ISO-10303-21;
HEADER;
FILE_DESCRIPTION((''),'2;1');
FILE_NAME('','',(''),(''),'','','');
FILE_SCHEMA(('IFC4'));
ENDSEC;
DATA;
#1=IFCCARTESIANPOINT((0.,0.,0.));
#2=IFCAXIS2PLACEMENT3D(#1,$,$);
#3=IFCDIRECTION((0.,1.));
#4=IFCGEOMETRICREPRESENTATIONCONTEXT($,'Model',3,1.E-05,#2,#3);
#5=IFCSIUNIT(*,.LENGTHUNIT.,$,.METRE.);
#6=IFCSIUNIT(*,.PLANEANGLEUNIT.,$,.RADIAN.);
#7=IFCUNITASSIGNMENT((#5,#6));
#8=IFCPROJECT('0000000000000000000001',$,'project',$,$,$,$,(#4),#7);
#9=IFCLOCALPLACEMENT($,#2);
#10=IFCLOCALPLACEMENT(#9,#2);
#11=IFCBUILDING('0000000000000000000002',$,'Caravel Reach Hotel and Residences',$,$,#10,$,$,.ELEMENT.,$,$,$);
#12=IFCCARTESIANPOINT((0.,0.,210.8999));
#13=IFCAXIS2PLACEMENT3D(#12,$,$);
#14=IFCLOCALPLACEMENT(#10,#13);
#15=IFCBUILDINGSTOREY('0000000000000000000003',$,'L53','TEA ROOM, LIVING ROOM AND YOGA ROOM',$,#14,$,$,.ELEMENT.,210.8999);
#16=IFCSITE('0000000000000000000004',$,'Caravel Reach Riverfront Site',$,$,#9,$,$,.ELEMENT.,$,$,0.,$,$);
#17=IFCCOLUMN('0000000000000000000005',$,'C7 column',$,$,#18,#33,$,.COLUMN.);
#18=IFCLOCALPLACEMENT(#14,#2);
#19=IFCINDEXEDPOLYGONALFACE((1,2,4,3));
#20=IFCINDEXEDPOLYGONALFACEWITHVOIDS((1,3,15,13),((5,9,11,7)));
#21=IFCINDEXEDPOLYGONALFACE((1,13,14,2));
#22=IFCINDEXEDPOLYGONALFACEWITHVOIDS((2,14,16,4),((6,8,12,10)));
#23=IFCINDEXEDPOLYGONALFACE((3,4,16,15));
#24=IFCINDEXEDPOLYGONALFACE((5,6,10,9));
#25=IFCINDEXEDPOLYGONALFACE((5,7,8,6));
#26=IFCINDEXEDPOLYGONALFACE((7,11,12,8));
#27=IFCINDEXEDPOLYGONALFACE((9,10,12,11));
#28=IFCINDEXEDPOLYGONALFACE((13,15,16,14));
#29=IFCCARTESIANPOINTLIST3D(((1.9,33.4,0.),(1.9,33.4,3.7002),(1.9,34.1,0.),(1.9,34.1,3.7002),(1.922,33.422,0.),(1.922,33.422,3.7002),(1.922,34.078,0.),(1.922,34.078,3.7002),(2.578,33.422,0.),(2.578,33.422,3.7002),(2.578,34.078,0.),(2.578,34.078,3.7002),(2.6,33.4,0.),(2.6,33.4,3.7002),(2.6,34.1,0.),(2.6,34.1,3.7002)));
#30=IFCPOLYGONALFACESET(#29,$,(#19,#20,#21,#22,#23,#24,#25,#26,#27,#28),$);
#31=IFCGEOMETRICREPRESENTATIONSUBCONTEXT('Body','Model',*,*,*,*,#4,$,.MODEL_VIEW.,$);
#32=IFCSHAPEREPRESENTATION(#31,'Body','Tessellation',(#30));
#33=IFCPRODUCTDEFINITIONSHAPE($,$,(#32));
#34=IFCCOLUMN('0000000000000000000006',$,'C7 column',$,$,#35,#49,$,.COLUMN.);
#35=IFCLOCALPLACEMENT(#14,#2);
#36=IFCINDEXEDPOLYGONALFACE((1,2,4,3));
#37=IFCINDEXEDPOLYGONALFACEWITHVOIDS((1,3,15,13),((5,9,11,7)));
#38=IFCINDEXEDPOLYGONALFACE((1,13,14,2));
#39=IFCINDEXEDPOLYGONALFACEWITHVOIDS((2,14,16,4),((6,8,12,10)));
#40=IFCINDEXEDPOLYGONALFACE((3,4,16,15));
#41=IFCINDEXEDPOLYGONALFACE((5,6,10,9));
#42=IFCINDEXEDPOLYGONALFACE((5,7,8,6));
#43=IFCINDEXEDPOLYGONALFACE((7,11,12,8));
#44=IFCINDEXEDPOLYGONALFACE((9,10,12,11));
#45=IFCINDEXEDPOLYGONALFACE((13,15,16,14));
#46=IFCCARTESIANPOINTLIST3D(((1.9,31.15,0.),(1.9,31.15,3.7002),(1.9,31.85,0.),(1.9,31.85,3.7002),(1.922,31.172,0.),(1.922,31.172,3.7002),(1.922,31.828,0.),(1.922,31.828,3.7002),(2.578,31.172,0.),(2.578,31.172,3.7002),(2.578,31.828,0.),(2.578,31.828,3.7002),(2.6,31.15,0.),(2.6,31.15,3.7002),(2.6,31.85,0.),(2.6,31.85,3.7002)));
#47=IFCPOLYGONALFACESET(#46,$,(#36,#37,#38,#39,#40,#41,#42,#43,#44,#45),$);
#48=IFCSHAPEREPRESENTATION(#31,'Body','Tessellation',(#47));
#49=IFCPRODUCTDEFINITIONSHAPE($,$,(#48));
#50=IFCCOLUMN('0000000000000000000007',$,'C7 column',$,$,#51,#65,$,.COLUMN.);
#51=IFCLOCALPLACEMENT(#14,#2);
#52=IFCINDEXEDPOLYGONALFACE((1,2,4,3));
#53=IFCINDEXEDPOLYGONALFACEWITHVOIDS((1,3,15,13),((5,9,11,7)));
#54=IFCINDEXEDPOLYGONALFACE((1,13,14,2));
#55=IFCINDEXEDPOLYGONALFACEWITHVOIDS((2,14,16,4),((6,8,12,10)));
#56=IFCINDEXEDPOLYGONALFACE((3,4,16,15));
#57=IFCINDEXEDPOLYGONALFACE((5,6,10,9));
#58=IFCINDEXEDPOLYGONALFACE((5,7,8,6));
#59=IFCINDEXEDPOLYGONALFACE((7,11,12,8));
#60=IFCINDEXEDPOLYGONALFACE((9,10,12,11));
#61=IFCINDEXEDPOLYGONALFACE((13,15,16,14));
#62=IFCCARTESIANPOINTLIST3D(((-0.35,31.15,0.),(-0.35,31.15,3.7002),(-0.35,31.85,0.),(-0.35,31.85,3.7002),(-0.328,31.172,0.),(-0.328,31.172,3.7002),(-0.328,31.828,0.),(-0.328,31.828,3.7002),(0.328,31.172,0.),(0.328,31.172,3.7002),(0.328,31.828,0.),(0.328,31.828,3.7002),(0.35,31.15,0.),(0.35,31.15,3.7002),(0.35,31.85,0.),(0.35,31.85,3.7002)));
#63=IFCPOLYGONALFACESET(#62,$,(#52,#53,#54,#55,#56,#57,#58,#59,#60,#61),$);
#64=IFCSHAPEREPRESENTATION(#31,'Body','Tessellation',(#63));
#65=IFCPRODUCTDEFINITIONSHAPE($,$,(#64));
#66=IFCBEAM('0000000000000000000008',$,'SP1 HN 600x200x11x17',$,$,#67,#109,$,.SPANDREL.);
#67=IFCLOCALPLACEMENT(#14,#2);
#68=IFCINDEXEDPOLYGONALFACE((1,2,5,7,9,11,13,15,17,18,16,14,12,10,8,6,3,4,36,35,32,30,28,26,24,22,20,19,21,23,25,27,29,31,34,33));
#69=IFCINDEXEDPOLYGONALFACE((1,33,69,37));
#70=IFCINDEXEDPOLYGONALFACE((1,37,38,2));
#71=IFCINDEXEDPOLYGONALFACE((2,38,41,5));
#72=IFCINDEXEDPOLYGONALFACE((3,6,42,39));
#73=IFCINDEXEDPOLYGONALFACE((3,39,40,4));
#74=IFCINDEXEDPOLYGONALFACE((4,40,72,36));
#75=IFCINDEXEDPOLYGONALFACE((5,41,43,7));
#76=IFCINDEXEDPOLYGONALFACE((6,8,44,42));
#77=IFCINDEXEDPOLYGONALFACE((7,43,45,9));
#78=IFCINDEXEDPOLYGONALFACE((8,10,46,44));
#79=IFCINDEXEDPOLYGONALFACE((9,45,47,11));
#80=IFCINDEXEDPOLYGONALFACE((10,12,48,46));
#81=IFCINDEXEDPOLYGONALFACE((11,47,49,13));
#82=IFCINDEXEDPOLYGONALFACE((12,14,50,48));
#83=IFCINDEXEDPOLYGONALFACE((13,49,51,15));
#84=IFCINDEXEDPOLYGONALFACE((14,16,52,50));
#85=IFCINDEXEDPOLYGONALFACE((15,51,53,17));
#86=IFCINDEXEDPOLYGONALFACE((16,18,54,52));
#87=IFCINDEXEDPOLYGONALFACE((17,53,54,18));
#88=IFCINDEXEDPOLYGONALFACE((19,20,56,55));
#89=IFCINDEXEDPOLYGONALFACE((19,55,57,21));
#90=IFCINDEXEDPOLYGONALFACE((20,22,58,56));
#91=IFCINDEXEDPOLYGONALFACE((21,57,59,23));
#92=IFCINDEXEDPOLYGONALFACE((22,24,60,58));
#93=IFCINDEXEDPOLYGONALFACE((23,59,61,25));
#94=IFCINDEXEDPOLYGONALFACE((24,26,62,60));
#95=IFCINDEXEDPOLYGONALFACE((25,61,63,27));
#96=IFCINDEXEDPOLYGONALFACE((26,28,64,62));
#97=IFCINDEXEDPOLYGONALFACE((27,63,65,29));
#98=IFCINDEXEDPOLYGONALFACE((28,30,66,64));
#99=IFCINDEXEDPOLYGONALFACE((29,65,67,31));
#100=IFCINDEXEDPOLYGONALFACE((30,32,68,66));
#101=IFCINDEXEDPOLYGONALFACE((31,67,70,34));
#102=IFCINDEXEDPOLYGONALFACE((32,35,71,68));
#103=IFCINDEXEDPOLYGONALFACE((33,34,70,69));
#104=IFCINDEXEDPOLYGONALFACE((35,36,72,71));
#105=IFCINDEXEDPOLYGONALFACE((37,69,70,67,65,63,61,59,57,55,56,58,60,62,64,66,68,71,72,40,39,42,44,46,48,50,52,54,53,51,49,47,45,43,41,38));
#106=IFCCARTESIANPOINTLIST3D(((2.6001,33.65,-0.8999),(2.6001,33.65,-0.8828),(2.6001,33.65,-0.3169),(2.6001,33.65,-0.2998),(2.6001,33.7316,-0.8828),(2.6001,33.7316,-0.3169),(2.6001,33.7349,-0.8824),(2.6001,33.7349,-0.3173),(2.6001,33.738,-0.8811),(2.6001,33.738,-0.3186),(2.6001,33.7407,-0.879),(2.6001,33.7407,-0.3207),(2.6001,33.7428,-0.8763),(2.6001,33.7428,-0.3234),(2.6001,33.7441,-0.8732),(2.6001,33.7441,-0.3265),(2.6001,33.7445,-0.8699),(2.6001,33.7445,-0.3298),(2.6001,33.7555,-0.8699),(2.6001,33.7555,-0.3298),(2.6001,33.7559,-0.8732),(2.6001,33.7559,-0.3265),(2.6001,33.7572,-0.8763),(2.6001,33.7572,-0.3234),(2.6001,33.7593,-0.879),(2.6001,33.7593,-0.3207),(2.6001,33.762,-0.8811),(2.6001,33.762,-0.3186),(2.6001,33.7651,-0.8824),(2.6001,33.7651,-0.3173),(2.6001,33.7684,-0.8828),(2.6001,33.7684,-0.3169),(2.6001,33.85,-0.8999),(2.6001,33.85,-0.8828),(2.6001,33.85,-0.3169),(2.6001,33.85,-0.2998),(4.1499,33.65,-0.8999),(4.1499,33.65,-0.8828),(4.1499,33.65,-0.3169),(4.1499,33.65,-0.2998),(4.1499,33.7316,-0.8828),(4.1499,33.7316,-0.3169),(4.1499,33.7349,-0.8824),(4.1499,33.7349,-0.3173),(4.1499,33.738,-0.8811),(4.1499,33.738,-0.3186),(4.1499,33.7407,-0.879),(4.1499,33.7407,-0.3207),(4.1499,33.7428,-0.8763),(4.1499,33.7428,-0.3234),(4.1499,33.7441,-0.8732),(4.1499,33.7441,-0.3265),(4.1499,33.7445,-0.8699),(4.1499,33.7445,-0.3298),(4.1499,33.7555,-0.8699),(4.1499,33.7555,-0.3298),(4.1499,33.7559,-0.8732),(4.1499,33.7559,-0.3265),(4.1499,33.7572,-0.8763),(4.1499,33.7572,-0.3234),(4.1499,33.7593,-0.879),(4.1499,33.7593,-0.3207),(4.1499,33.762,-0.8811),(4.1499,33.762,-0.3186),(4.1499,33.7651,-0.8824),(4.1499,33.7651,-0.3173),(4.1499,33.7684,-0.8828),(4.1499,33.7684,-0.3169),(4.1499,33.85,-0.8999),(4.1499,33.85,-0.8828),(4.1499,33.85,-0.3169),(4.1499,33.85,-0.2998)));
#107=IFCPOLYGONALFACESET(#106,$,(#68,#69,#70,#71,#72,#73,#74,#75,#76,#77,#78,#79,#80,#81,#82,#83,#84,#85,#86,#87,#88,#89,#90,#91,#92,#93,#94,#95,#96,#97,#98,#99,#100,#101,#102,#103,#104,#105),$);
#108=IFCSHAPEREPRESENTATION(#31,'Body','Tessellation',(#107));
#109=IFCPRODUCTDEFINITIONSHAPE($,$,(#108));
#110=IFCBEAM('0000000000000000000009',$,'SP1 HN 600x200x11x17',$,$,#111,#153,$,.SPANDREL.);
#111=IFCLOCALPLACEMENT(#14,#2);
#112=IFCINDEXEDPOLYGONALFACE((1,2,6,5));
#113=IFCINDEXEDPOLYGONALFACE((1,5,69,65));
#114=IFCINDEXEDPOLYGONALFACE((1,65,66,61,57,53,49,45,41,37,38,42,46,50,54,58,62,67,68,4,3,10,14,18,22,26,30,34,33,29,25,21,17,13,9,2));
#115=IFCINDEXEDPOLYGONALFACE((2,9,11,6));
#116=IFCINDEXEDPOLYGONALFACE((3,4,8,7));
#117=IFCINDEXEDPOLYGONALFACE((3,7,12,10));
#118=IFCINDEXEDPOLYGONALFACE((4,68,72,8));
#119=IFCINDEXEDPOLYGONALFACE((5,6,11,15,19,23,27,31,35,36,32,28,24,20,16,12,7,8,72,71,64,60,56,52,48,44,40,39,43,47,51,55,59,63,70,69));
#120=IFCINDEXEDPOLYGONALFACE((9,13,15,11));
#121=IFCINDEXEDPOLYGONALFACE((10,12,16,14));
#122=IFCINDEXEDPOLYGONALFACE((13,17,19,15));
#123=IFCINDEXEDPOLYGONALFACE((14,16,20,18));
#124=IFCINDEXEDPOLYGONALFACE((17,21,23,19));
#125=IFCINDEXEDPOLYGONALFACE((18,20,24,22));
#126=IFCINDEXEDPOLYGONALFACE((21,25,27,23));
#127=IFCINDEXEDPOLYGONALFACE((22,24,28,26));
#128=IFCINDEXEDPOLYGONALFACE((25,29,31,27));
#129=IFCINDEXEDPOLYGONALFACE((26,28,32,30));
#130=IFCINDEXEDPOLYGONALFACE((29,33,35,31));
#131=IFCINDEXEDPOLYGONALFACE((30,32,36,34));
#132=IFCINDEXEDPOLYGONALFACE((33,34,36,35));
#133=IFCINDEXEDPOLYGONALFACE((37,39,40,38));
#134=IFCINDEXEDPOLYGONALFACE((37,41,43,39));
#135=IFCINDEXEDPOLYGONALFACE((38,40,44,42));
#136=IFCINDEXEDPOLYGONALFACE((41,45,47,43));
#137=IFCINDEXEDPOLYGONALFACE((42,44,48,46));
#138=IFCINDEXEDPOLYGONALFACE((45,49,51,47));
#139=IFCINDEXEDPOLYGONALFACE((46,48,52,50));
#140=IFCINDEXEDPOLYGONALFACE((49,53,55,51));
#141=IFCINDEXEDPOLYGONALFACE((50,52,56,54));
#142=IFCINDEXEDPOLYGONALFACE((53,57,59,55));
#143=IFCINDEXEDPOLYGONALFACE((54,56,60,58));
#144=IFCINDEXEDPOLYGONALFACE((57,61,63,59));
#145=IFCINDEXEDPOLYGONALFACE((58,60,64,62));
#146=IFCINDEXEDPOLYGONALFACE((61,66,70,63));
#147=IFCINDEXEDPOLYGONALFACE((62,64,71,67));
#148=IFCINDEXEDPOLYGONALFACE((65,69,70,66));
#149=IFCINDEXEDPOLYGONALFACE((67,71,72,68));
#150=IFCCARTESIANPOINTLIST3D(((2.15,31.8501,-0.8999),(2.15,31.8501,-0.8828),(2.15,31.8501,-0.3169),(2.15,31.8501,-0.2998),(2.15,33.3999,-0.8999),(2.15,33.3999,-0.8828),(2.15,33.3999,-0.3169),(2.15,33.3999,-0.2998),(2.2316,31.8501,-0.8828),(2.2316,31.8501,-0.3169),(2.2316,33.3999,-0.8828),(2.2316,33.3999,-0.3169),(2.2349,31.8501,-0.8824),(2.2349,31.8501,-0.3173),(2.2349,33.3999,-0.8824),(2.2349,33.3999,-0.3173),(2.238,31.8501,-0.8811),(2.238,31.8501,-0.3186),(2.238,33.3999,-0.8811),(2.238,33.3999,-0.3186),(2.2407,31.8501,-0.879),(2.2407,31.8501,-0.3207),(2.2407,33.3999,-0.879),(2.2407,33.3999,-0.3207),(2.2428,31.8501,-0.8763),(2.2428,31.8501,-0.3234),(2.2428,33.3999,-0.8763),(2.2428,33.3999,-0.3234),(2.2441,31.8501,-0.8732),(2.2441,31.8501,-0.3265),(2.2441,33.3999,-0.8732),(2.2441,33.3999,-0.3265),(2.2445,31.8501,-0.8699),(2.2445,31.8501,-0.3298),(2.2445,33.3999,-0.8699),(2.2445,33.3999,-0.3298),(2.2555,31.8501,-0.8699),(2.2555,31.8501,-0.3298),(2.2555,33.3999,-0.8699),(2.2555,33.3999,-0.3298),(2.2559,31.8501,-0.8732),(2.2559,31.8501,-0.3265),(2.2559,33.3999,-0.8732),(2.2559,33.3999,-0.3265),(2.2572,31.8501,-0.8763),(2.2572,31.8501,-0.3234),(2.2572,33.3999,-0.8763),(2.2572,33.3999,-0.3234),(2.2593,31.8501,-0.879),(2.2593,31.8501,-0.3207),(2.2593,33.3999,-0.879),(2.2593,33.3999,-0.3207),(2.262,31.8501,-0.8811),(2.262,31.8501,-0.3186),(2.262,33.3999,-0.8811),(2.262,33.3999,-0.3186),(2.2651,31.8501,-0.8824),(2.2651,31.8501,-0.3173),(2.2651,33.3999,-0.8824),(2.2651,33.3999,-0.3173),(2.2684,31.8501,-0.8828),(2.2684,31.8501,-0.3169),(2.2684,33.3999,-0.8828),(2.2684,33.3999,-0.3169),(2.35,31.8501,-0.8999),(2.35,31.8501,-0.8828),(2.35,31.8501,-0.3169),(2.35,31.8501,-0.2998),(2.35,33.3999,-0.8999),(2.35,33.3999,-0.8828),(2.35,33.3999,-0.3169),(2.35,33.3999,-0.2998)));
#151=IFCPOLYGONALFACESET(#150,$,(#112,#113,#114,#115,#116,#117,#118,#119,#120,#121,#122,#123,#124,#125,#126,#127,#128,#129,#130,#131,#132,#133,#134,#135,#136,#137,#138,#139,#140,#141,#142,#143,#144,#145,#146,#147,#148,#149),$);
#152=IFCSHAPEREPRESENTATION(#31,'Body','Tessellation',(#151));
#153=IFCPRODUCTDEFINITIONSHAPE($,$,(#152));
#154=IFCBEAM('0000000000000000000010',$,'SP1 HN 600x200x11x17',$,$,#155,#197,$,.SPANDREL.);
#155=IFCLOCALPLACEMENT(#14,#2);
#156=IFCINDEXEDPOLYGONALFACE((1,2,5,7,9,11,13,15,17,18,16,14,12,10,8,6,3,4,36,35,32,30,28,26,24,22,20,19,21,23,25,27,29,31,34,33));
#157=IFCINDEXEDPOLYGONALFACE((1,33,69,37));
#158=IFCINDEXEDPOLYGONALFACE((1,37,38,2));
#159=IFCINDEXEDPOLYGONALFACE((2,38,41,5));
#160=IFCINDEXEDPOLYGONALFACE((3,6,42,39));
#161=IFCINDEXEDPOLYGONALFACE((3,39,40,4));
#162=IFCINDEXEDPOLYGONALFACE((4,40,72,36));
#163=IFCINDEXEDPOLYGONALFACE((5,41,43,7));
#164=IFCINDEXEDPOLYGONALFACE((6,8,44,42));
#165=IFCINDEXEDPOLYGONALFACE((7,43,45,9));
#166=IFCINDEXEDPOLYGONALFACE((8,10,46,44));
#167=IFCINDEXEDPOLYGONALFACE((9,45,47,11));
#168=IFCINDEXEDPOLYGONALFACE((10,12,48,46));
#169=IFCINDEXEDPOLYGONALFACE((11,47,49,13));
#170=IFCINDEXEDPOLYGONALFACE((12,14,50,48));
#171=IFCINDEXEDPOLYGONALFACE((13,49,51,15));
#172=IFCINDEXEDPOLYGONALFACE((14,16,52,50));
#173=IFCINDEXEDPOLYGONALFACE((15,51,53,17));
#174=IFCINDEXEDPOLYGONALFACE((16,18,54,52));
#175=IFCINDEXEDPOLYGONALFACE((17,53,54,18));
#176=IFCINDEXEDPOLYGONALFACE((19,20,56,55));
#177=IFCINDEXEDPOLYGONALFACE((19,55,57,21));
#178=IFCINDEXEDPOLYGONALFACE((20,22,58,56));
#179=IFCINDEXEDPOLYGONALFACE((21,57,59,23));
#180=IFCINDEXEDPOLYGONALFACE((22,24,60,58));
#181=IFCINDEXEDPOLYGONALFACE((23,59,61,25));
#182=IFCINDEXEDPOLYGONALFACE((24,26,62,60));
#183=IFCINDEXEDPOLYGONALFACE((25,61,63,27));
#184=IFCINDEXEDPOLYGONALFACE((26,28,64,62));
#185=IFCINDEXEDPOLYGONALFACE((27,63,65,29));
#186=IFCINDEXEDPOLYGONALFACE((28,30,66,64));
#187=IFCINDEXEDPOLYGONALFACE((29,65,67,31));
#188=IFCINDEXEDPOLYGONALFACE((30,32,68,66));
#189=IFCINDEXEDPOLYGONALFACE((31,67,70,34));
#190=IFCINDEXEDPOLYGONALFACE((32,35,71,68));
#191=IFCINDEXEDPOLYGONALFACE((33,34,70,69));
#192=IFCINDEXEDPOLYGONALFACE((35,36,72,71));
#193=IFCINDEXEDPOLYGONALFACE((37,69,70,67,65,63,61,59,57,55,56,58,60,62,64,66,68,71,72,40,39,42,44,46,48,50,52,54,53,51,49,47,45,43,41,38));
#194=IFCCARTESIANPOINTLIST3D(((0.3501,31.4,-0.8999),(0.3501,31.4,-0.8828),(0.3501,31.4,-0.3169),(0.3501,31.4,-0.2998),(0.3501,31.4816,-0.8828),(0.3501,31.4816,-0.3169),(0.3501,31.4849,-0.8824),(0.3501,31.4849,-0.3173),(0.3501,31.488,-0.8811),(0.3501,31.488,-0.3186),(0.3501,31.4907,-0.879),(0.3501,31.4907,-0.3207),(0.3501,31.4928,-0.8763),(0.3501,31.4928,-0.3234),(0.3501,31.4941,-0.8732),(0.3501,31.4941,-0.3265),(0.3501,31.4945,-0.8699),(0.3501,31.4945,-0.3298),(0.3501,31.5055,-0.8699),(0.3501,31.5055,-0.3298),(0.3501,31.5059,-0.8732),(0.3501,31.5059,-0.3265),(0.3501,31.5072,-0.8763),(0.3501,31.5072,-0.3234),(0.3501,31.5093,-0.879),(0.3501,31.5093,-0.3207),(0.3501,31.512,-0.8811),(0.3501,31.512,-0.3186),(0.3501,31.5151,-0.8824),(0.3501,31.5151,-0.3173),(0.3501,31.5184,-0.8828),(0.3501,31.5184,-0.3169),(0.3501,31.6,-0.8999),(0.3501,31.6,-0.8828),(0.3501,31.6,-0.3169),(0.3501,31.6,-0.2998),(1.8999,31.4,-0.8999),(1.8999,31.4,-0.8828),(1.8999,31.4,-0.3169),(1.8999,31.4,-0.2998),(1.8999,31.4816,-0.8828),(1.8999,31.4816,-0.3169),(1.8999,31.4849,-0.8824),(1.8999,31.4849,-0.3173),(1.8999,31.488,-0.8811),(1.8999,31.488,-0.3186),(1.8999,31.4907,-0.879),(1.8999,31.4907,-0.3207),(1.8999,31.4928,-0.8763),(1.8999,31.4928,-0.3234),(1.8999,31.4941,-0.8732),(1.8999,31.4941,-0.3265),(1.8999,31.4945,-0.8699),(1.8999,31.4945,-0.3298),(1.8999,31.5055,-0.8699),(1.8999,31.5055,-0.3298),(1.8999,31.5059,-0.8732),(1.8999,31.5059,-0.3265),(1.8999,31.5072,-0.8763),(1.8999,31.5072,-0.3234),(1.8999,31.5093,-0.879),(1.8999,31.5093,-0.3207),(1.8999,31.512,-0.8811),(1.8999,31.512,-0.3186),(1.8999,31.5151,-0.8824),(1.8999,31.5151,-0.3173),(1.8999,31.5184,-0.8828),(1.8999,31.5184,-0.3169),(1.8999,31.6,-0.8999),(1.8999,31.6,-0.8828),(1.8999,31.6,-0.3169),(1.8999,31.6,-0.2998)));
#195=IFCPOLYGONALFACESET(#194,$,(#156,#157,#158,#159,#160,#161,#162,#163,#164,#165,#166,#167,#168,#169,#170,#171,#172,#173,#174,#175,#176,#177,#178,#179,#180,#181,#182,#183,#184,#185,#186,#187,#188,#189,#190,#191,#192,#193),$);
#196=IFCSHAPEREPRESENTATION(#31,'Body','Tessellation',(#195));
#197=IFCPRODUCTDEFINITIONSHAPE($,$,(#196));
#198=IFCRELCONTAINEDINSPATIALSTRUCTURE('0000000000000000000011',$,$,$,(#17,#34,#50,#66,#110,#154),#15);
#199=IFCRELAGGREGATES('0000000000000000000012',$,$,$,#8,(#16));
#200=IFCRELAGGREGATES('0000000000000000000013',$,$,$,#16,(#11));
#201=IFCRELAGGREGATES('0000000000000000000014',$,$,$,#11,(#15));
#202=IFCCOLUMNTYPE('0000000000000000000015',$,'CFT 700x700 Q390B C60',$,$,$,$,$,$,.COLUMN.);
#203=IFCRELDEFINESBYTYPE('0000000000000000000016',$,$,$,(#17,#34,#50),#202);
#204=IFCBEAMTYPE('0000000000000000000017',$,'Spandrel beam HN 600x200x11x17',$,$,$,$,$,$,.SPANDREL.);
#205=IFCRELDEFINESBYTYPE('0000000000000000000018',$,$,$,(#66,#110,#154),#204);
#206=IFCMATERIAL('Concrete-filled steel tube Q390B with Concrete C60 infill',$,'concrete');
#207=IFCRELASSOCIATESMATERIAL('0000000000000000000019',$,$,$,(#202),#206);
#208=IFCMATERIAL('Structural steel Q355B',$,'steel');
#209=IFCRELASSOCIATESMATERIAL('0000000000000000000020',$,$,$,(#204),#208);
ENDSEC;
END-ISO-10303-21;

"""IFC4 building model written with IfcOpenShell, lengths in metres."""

from ifc_helpers import new_model, si_unit, direction, frame, origin, origin_2d, place, context, subcontext, project, spatial, hollow_rectangle, i_section, extrude, material, material_profile, profile_set, type_object, element, save


model = new_model("IFC4")

# Units and contexts
model_context = context("Model", 3, precision=1e-05, world=origin(), true_north=direction((0.0, 1.0)))
body_context = subcontext(model_context, "Body", "Model", "MODEL_VIEW")
ifc_project = project(units=[si_unit("LENGTHUNIT", "METRE"), si_unit("PLANEANGLEUNIT", "RADIAN")], contexts=[model_context])

# Site, building, storey
site_placement = place(None, origin())
site = spatial("IfcSite", under=ifc_project, at=site_placement, Name="Caravel Reach Riverfront Site", CompositionType="ELEMENT", RefElevation=0.0)
building_placement = place(site_placement, origin())
building = spatial("IfcBuilding", under=site, at=building_placement, Name="Caravel Reach Hotel and Residences", CompositionType="ELEMENT")
storey_placement = place(building_placement, frame((0.0, 0.0, 210.8999)))
storey = spatial("IfcBuildingStorey", under=building, at=storey_placement, Name="L53", Description="TEA ROOM, LIVING ROOM AND YOGA ROOM", CompositionType="ELEMENT", Elevation=210.8999)

# Columns
ifc_material_1 = material(Name="Concrete-filled steel tube Q390B with Concrete C60 infill", Category="concrete")
ifc_material_profile_1 = material_profile(ifc_material_1, hollow_rectangle(XDim=0.7, YDim=0.7, WallThickness=0.022, at=origin_2d()), Name="RHS 700x700x22")
ifc_profile_set_1 = profile_set([ifc_material_profile_1], Name="Concrete-filled steel tube Q390B with Concrete C60 infill")
column_type = type_object("IfcColumnType", Name="CFT 700x700 Q390B C60", PredefinedType="COLUMN", material=ifc_profile_set_1)
for number, where, z_axis, x_axis, name in (
    (1, (2.25, 33.75, 0.0), (0.0, 0.0, 1.0), (1.0, 0.0, 0.0), "C7 column"),
    (2, (2.25, 31.5, 0.0), (0.0, 0.0, 1.0), (1.0, 0.0, 0.0), "C7 column"),
    (3, (0.0, 31.5, 0.0), (0.0, 0.0, 1.0), (1.0, 0.0, 0.0), "C7 column"),
):
    element("IfcColumn", number, at=place(storey_placement, frame(where, z_axis=z_axis, x_axis=x_axis)), inside=storey, type_object=column_type, Name=name, PredefinedType="COLUMN", context=body_context, shape_type="SweptSolid", body=[
        extrude(hollow_rectangle(XDim=0.7, YDim=0.7, WallThickness=0.022, at=origin_2d()), origin(), (0.0, 0.0, 1.0), 3.7002),
    ])

# Beams
ifc_material_2 = material(Name="Structural steel Q355B", Category="steel")
ifc_material_profile_2 = material_profile(ifc_material_2, i_section(OverallWidth=0.2, OverallDepth=0.6001, WebThickness=0.011, FlangeThickness=0.0171, FilletRadius=0.0129, at=origin_2d()), Name="HN 600x200x11x17")
ifc_profile_set_2 = profile_set([ifc_material_profile_2], Name="Structural steel Q355B")
beam_type = type_object("IfcBeamType", Name="Spandrel beam HN 600x200x11x17", PredefinedType="SPANDREL", material=ifc_profile_set_2)
for number, where, z_axis, x_axis, name in (
    (4, (4.1499, 33.75, -0.5999), (-1.0, 0.0, 0.0), (0.0, -1.0, 0.0), "SP1 HN 600x200x11x17"),
    (5, (2.25, 33.3999, -0.5999), (0.0, -1.0, 0.0), (1.0, 0.0, 0.0), "SP1 HN 600x200x11x17"),
    (6, (1.8999, 31.5, -0.5999), (-1.0, 0.0, 0.0), (0.0, -1.0, 0.0), "SP1 HN 600x200x11x17"),
):
    element("IfcBeam", number, at=place(storey_placement, frame(where, z_axis=z_axis, x_axis=x_axis)), inside=storey, type_object=beam_type, Name=name, PredefinedType="SPANDREL", context=body_context, shape_type="SweptSolid", body=[
        extrude(i_section(OverallWidth=0.2, OverallDepth=0.6001, WebThickness=0.011, FlangeThickness=0.0171, FilletRadius=0.0129, at=origin_2d()), origin(), (0.0, 0.0, 1.0), 1.5498),
    ])

save(model, "model.ifc")
